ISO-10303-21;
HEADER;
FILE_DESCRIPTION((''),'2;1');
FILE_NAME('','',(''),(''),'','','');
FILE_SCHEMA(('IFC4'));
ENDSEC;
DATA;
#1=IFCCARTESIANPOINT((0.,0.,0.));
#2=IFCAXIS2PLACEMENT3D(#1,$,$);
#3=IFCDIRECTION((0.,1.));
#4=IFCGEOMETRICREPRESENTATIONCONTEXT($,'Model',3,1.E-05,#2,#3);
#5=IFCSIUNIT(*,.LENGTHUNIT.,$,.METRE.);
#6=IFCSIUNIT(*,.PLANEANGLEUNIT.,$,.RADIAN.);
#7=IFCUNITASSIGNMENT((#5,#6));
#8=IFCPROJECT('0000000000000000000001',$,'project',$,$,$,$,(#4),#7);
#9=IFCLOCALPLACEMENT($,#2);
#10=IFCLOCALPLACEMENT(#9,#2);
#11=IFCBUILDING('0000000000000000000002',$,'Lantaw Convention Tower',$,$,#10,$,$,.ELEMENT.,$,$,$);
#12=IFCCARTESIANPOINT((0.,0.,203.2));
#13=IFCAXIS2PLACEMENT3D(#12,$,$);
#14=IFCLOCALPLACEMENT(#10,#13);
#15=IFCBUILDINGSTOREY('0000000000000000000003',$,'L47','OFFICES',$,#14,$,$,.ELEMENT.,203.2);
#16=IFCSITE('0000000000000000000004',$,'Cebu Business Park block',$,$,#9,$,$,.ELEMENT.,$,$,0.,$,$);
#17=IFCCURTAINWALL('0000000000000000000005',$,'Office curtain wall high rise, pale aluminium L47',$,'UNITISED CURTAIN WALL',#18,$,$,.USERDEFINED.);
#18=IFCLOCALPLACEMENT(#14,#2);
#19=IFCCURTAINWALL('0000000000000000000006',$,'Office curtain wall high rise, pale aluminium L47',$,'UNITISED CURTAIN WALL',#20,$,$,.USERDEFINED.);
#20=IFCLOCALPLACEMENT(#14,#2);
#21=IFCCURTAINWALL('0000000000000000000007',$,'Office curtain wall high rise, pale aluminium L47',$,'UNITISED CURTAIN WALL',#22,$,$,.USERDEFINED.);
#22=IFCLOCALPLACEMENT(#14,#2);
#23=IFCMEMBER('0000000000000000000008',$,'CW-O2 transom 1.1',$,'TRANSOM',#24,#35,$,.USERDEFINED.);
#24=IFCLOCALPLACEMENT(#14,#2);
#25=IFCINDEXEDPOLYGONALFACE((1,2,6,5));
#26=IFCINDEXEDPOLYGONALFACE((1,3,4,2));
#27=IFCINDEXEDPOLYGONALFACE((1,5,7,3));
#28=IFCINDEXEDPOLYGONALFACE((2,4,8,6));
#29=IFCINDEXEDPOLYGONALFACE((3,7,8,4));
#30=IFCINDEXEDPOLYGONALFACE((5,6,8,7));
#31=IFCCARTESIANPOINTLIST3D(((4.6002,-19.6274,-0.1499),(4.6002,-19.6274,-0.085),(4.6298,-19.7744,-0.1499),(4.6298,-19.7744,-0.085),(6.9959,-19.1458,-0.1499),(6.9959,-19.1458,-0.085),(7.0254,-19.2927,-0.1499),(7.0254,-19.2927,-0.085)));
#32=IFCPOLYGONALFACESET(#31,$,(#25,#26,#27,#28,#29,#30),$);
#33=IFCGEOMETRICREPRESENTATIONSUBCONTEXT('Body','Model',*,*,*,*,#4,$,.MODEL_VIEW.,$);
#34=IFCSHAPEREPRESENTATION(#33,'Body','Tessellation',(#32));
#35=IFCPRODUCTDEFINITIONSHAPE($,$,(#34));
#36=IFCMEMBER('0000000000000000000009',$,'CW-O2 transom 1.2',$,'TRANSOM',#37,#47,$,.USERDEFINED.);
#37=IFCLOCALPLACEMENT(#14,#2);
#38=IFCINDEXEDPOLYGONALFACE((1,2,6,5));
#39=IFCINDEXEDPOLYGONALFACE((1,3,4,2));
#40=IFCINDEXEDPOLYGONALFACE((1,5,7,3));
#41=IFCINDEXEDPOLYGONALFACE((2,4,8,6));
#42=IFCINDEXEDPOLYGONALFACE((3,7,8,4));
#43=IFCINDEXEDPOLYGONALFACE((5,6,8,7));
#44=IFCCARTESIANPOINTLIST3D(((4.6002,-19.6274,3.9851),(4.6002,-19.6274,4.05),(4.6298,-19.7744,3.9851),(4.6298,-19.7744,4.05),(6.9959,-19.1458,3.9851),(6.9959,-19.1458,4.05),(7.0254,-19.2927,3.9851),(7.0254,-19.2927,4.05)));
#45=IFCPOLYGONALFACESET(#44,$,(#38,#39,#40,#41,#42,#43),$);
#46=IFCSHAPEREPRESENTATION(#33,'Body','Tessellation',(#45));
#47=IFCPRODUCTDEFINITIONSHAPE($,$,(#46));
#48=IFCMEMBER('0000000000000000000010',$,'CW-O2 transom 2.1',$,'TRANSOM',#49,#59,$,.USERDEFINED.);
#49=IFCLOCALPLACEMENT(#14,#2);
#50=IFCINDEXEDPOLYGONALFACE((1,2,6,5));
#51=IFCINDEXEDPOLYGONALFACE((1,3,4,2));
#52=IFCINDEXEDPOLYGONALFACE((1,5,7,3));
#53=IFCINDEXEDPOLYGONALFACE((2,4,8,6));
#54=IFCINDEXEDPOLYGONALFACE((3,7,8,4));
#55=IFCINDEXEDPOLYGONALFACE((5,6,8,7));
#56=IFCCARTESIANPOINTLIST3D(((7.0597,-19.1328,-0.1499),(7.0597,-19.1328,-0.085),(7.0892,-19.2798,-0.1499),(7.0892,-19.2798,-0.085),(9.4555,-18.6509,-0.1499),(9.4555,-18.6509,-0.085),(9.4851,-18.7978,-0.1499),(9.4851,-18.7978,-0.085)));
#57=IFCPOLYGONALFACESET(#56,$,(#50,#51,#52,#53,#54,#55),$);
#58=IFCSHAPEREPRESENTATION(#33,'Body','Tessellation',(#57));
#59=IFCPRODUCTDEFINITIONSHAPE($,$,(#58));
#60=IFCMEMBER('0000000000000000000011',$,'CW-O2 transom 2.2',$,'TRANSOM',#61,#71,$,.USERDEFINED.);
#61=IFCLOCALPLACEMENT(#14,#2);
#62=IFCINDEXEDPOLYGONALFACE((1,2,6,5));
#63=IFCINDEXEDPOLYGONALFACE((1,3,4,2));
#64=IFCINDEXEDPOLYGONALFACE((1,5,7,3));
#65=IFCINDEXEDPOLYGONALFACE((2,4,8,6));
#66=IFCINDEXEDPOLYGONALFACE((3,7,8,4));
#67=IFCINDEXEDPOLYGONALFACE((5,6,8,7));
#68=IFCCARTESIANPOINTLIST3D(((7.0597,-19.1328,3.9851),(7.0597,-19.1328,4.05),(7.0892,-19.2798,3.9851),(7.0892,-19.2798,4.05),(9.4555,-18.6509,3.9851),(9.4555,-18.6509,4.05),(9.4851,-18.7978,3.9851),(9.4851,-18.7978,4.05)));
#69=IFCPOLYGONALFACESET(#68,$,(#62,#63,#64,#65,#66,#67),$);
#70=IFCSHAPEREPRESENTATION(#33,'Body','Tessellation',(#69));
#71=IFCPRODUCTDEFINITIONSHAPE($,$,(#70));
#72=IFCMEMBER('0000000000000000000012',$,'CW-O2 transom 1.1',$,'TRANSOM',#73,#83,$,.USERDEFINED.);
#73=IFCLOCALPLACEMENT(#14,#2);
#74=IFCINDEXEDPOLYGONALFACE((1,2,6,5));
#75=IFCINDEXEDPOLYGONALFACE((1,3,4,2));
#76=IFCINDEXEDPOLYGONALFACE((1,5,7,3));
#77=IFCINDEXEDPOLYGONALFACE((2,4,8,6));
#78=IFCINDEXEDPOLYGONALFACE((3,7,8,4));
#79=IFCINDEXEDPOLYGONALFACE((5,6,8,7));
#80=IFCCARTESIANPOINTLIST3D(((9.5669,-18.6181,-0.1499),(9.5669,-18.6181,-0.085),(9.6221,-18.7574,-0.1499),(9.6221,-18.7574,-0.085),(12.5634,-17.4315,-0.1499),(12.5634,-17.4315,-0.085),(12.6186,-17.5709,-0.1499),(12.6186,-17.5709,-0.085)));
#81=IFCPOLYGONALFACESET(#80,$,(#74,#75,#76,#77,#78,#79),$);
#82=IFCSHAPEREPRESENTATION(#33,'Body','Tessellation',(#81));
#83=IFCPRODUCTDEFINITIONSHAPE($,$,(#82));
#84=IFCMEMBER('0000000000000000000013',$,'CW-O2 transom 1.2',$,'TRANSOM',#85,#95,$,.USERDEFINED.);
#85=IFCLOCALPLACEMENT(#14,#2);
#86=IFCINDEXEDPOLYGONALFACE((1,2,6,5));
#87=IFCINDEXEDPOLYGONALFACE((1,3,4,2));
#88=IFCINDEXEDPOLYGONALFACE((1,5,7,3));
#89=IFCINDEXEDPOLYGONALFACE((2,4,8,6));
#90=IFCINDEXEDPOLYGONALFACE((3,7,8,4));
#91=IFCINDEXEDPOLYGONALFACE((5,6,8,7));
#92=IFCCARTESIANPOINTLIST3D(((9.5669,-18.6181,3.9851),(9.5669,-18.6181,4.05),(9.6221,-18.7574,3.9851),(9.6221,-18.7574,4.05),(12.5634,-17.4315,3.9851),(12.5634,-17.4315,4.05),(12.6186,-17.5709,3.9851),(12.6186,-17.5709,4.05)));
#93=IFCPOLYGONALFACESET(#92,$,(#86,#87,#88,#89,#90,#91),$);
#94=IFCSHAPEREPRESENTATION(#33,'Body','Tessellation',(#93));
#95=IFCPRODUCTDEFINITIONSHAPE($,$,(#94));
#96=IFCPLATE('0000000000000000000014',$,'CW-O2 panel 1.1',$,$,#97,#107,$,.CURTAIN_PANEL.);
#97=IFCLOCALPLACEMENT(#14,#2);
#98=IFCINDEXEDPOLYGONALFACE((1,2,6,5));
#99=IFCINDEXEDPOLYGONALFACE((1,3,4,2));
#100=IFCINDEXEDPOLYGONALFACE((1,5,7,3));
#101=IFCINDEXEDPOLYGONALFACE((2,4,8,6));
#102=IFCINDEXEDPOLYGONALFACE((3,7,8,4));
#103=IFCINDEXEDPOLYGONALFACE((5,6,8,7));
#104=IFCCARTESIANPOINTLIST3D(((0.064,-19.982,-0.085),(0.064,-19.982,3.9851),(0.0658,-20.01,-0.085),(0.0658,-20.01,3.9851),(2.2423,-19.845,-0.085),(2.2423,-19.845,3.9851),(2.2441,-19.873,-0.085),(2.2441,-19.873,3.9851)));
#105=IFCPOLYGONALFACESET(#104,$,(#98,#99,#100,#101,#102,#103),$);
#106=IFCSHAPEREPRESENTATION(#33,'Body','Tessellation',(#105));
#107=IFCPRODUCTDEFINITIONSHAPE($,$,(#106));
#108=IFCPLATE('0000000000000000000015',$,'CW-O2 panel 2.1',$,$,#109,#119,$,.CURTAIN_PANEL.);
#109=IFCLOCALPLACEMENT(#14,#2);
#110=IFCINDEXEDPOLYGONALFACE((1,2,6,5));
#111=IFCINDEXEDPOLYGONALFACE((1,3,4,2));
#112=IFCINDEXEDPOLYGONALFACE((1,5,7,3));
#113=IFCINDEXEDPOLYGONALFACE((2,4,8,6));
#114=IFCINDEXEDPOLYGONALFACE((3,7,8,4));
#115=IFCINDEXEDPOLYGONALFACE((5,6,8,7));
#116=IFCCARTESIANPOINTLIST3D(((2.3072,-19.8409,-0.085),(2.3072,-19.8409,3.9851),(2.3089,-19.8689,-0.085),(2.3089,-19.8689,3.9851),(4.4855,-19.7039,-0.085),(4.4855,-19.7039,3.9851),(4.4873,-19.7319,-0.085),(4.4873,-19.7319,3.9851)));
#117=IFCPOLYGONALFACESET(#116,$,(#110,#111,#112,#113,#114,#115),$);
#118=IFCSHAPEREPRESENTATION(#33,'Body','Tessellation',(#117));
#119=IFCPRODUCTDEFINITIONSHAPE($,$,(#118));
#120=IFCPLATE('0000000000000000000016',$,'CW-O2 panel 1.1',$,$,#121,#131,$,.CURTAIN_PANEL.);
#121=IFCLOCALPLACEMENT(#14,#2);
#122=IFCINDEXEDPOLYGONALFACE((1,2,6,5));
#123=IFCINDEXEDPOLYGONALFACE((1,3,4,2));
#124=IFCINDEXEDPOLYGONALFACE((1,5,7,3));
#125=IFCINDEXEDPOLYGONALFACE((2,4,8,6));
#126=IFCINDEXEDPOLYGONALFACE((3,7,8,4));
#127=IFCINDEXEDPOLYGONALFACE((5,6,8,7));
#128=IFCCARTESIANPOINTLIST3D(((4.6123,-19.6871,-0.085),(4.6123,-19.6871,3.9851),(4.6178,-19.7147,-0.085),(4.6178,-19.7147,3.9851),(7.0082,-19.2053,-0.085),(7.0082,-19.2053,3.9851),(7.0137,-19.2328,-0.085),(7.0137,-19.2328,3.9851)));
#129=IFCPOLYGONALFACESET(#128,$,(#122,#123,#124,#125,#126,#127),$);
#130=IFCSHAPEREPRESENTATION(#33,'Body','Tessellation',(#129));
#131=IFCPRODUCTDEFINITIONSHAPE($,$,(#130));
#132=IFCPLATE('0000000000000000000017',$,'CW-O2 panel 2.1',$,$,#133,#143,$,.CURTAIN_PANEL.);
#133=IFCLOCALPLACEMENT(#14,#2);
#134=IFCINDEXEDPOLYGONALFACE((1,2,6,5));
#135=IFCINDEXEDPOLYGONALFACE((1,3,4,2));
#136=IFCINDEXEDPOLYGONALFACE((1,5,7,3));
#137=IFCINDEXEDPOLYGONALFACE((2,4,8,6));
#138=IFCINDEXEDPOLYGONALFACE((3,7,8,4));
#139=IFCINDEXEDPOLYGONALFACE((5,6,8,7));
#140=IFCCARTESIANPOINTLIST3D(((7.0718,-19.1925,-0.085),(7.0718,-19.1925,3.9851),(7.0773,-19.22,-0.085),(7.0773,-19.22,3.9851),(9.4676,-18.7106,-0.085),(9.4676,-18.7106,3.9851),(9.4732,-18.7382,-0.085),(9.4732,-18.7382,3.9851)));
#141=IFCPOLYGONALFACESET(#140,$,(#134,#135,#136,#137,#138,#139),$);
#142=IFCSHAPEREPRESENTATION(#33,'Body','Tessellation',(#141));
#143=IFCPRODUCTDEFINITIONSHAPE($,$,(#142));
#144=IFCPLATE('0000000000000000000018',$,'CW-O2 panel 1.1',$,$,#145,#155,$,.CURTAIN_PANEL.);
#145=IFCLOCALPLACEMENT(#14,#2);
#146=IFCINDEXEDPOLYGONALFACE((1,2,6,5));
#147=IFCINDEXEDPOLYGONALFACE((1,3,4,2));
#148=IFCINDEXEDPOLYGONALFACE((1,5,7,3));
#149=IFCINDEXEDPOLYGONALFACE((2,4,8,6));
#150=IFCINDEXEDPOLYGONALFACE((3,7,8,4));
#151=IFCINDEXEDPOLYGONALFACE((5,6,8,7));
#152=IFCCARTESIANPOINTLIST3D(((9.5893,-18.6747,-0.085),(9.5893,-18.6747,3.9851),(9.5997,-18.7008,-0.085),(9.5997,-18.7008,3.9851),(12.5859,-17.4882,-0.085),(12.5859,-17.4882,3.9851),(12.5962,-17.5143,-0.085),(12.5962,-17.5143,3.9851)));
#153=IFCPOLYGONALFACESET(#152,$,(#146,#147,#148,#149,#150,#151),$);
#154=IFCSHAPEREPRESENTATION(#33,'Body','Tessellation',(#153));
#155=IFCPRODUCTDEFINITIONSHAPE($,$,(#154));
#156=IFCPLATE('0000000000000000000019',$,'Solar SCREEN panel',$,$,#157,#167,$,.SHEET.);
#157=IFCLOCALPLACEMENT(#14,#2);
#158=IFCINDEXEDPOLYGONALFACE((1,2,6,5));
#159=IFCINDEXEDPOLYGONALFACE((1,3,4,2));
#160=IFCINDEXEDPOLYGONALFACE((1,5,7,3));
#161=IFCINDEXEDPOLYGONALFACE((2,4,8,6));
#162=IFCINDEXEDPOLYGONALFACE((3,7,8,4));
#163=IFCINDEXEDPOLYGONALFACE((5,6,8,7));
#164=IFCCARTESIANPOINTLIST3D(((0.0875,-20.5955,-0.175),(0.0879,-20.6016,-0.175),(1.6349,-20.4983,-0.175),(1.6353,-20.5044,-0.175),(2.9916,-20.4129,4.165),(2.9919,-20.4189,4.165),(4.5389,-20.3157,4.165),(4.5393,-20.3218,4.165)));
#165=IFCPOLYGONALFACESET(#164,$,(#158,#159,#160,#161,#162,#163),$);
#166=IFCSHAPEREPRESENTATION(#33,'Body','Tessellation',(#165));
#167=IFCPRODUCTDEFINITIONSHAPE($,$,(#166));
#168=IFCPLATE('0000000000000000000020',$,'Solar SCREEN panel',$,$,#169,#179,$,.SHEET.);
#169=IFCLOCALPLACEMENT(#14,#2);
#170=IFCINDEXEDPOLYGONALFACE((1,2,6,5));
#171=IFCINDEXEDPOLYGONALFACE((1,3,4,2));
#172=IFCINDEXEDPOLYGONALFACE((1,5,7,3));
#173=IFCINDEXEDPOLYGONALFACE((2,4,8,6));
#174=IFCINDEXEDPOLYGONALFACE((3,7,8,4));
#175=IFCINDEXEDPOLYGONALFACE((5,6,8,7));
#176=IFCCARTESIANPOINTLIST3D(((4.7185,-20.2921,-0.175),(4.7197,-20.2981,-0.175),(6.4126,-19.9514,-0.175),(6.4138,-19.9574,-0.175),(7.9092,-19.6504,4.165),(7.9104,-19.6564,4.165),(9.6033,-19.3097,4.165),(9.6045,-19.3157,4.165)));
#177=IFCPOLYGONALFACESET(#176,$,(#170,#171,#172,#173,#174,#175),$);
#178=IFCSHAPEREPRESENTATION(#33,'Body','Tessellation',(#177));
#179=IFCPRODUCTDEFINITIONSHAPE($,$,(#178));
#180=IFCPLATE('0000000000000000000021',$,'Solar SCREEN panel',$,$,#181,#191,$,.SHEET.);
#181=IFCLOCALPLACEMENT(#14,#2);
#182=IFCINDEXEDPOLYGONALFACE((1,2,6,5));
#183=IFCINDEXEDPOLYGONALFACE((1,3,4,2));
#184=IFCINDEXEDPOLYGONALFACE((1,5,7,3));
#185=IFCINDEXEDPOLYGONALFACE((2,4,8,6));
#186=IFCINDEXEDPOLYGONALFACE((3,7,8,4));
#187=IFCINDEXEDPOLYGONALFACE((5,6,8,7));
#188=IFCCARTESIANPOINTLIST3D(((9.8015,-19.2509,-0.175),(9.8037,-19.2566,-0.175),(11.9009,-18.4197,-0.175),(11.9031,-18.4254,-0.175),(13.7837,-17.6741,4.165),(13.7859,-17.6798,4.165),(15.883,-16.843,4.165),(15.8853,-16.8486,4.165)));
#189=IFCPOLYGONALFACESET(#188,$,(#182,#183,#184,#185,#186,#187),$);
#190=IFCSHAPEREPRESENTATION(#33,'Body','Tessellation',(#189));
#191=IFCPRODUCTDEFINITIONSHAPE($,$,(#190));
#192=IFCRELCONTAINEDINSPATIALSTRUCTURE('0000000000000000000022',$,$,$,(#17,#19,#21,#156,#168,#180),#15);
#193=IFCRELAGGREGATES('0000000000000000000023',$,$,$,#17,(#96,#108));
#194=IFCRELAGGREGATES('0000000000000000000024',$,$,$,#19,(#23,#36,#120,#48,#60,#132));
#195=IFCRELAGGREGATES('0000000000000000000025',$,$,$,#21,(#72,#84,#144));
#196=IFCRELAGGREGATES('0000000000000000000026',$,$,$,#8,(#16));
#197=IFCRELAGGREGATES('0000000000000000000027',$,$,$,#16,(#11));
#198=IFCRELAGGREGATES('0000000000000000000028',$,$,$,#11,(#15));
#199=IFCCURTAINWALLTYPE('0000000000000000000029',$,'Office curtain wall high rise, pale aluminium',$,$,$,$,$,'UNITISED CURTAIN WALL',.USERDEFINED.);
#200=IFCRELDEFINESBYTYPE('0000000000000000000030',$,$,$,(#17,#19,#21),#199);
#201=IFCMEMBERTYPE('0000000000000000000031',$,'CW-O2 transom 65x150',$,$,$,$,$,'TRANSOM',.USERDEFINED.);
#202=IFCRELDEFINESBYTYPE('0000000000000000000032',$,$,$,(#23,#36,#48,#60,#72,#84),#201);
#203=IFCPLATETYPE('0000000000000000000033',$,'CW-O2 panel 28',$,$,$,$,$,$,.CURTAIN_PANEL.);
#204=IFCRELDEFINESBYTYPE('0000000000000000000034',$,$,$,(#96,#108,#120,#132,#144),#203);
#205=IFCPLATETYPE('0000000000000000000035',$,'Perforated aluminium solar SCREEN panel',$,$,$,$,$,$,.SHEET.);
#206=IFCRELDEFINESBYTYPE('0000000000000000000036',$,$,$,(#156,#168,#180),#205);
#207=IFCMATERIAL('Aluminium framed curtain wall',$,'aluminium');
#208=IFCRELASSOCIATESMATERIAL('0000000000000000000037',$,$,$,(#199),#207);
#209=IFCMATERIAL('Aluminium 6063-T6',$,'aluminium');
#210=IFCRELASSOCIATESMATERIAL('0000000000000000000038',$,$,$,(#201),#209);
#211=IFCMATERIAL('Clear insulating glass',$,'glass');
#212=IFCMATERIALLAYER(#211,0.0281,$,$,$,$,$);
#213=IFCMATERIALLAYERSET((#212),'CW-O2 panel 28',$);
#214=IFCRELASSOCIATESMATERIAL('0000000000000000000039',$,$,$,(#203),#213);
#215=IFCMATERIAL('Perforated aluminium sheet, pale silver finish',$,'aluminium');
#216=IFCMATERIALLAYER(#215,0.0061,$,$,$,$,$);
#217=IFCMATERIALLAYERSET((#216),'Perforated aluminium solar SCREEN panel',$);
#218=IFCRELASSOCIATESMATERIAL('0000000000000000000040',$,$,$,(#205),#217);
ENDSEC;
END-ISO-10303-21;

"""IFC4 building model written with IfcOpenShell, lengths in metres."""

from ifc_helpers import new_model, si_unit, direction, frame, origin, origin_2d, place, context, subcontext, project, spatial, polyline, rectangle, outline, extrude, material, layer, layer_set, material_profile, profile_set, type_object, element, aggregate, save


model = new_model("IFC4")

# Units and contexts
model_context = context("Model", 3, precision=1e-05, world=origin(), true_north=direction((0.0, 1.0)))
body_context = subcontext(model_context, "Body", "Model", "MODEL_VIEW")
ifc_project = project(units=[si_unit("LENGTHUNIT", "METRE"), si_unit("PLANEANGLEUNIT", "RADIAN")], contexts=[model_context])

# Site, building, storey
site_placement = place(None, origin())
site = spatial("IfcSite", under=ifc_project, at=site_placement, Name="Cebu Business Park block", CompositionType="ELEMENT", RefElevation=0.0)
building_placement = place(site_placement, origin())
building = spatial("IfcBuilding", under=site, at=building_placement, Name="Lantaw Convention Tower", CompositionType="ELEMENT")
storey_placement = place(building_placement, frame((0.0, 0.0, 203.2)))
storey = spatial("IfcBuildingStorey", under=building, at=storey_placement, Name="L47", Description="OFFICES", CompositionType="ELEMENT", Elevation=203.2)

# Curtain walls
ifc_material_1 = material(Name="Aluminium framed curtain wall", Category="aluminium")
curtain_wall_type = type_object("IfcCurtainWallType", Name="Office curtain wall high rise, pale aluminium", ElementType="UNITISED CURTAIN WALL", PredefinedType="USERDEFINED", material=ifc_material_1)
curtain_wall_1_placement = place(storey_placement, origin())
curtain_wall_1 = element("IfcCurtainWall", 1, at=curtain_wall_1_placement, inside=storey, type_object=curtain_wall_type, Name="Office curtain wall high rise, pale aluminium L47", ObjectType="UNITISED CURTAIN WALL", PredefinedType="USERDEFINED")
ifc_material_2 = material(Name="Aluminium 6063-T6", Category="aluminium")
curtain_wall_2_placement = place(storey_placement, origin())
curtain_wall_2 = element("IfcCurtainWall", 2, at=curtain_wall_2_placement, inside=storey, type_object=curtain_wall_type, Name="Office curtain wall high rise, pale aluminium L47", ObjectType="UNITISED CURTAIN WALL", PredefinedType="USERDEFINED")

# Curtain wall
curtain_wall_3_placement = place(storey_placement, origin())
curtain_wall_3 = element("IfcCurtainWall", 3, at=curtain_wall_3_placement, inside=storey, type_object=curtain_wall_type, Name="Office curtain wall high rise, pale aluminium L47", ObjectType="UNITISED CURTAIN WALL", PredefinedType="USERDEFINED")

# Members
ifc_material_profile_1 = material_profile(ifc_material_2, rectangle(XDim=0.1499, YDim=0.0649, at=origin_2d()), Name="CW-O2 transom 65x150")
ifc_profile_set_1 = profile_set([ifc_material_profile_1], Name="Aluminium 6063-T6")
member_type_1 = type_object("IfcMemberType", Name="CW-O2 transom 65x150", ElementType="TRANSOM", PredefinedType="USERDEFINED", material=ifc_profile_set_1)
member_1_placement = place(storey_placement, frame((4.615, -19.7009, -0.1174), z_axis=(0.98038, 0.197115, 0.0), x_axis=(-0.197115, 0.98038, 0.0)))
member_1 = element("IfcMember", 4, at=member_1_placement, type_object=member_type_1, Name="CW-O2 transom 1.1", ObjectType="TRANSOM", PredefinedType="USERDEFINED", context=body_context, shape_type="SweptSolid", body=[
    extrude(rectangle(XDim=0.1499, YDim=0.0649, at=origin_2d()), origin(), (0.0, 0.0, 1.0), 2.4436),
])
member_2_placement = place(storey_placement, frame((4.615, -19.7009, 4.0176), z_axis=(0.98038, 0.197115, 0.0), x_axis=(-0.197115, 0.98038, 0.0)))
member_2 = element("IfcMember", 5, at=member_2_placement, type_object=member_type_1, Name="CW-O2 transom 1.2", ObjectType="TRANSOM", PredefinedType="USERDEFINED", context=body_context, shape_type="SweptSolid", body=[
    extrude(rectangle(XDim=0.1499, YDim=0.0649, at=origin_2d()), origin(), (0.0, 0.0, 1.0), 2.4436),
])
member_3_placement = place(storey_placement, frame((7.0745, -19.2063, -0.1174), z_axis=(0.980361, 0.197211, 0.0), x_axis=(-0.197211, 0.980361, 0.0)))
member_3 = element("IfcMember", 6, at=member_3_placement, type_object=member_type_1, Name="CW-O2 transom 2.1", ObjectType="TRANSOM", PredefinedType="USERDEFINED", context=body_context, shape_type="SweptSolid", body=[
    extrude(rectangle(XDim=0.1499, YDim=0.0649, at=origin_2d()), origin(), (0.0, 0.0, 1.0), 2.4438),
])
member_4_placement = place(storey_placement, frame((7.0745, -19.2063, 4.0176), z_axis=(0.980361, 0.197211, 0.0), x_axis=(-0.197211, 0.980361, 0.0)))
member_4 = element("IfcMember", 7, at=member_4_placement, type_object=member_type_1, Name="CW-O2 transom 2.2", ObjectType="TRANSOM", PredefinedType="USERDEFINED", context=body_context, shape_type="SweptSolid", body=[
    extrude(rectangle(XDim=0.1499, YDim=0.0649, at=origin_2d()), origin(), (0.0, 0.0, 1.0), 2.4438),
])
member_5_placement = place(storey_placement, frame((9.5945, -18.6877, -0.1174), z_axis=(0.929767, 0.368149, 0.0), x_axis=(-0.368149, 0.929767, 0.0)))
member_5 = element("IfcMember", 8, at=member_5_placement, type_object=member_type_1, Name="CW-O2 transom 1.1", ObjectType="TRANSOM", PredefinedType="USERDEFINED", context=body_context, shape_type="SweptSolid", body=[
    extrude(rectangle(XDim=0.1499, YDim=0.0649, at=origin_2d()), origin(), (0.0, 0.0, 1.0), 3.2229),
])
member_6_placement = place(storey_placement, frame((9.5945, -18.6877, 4.0176), z_axis=(0.929767, 0.368149, 0.0), x_axis=(-0.368149, 0.929767, 0.0)))
member_6 = element("IfcMember", 9, at=member_6_placement, type_object=member_type_1, Name="CW-O2 transom 1.2", ObjectType="TRANSOM", PredefinedType="USERDEFINED", context=body_context, shape_type="SweptSolid", body=[
    extrude(rectangle(XDim=0.1499, YDim=0.0649, at=origin_2d()), origin(), (0.0, 0.0, 1.0), 3.2229),
])

# Plates
ifc_material_3 = material(Name="Clear insulating glass", Category="glass")
ifc_layer_1 = layer(ifc_material_3, 0.0281)
ifc_layer_set_1 = layer_set([ifc_layer_1], Name="CW-O2 panel 28")
plate_type_1 = type_object("IfcPlateType", Name="CW-O2 panel 28", PredefinedType="CURTAIN_PANEL", material=ifc_layer_set_1)
plate_1_placement = place(storey_placement, frame((1.1541, -19.9275, -0.085), z_axis=(0.0, 0.0, 1.0), x_axis=(0.998029, 0.062758, 0.0)))
plate_1 = element("IfcPlate", 10, at=plate_1_placement, type_object=plate_type_1, Name="CW-O2 panel 1.1", PredefinedType="CURTAIN_PANEL", context=body_context, shape_type="SweptSolid", body=[
    extrude(rectangle(XDim=2.1826, YDim=0.0281, at=origin_2d()), origin(), (0.0, 0.0, 1.0), 4.0701),
])
plate_2_placement = place(storey_placement, frame((3.3972, -19.7864, -0.085), z_axis=(0.0, 0.0, 1.0), x_axis=(0.998029, 0.062758, 0.0)))
plate_2 = element("IfcPlate", 11, at=plate_2_placement, type_object=plate_type_1, Name="CW-O2 panel 2.1", PredefinedType="CURTAIN_PANEL", context=body_context, shape_type="SweptSolid", body=[
    extrude(rectangle(XDim=2.1826, YDim=0.0281, at=origin_2d()), origin(), (0.0, 0.0, 1.0), 4.0701),
])
aggregate(curtain_wall_1, [plate_1, plate_2])
plate_3_placement = place(storey_placement, frame((5.813, -19.46, -0.085), z_axis=(0.0, 0.0, 1.0), x_axis=(0.980367, 0.197183, 0.0)))
plate_3 = element("IfcPlate", 12, at=plate_3_placement, type_object=plate_type_1, Name="CW-O2 panel 1.1", PredefinedType="CURTAIN_PANEL", context=body_context, shape_type="SweptSolid", body=[
    extrude(rectangle(XDim=2.4438, YDim=0.0281, at=origin_2d()), origin(), (0.0, 0.0, 1.0), 4.0701),
])
plate_4_placement = place(storey_placement, frame((8.2725, -18.9653, -0.085), z_axis=(0.0, 0.0, 1.0), x_axis=(0.980367, 0.197183, 0.0)))
plate_4 = element("IfcPlate", 13, at=plate_4_placement, type_object=plate_type_1, Name="CW-O2 panel 2.1", PredefinedType="CURTAIN_PANEL", context=body_context, shape_type="SweptSolid", body=[
    extrude(rectangle(XDim=2.4438, YDim=0.0281, at=origin_2d()), origin(), (0.0, 0.0, 1.0), 4.0701),
])
aggregate(curtain_wall_2, [member_1, member_2, plate_3, member_3, member_4, plate_4])
plate_5_placement = place(storey_placement, frame((11.0928, -18.0945, -0.085), z_axis=(0.0, 0.0, 1.0), x_axis=(0.929762, 0.368162, 0.0)))
plate_5 = element("IfcPlate", 14, at=plate_5_placement, type_object=plate_type_1, Name="CW-O2 panel 1.1", PredefinedType="CURTAIN_PANEL", context=body_context, shape_type="SweptSolid", body=[
    extrude(rectangle(XDim=3.2229, YDim=0.0281, at=origin_2d()), origin(), (0.0, 0.0, 1.0), 4.0701),
])
aggregate(curtain_wall_3, [member_5, member_6, plate_5])

# Plates
ifc_material_4 = material(Name="Perforated aluminium sheet, pale silver finish", Category="aluminium")
ifc_layer_2 = layer(ifc_material_4, 0.0061)
ifc_layer_set_2 = layer_set([ifc_layer_2], Name="Perforated aluminium solar SCREEN panel")
plate_type_2 = type_object("IfcPlateType", Name="Perforated aluminium solar SCREEN panel", PredefinedType="SHEET", material=ifc_layer_set_2)
plate_6_placement = place(storey_placement, frame((0.0879, -20.6016, -0.175), z_axis=(0.062672, -0.998034, 0.000059), x_axis=(0.998034, 0.062672, 0.0)))
element("IfcPlate", 15, at=plate_6_placement, inside=storey, type_object=plate_type_2, Name="Solar SCREEN panel", PredefinedType="SHEET", context=body_context, shape_type="SweptSolid", body=[
    extrude(outline(polyline([(0.0, 0.0), (1.5504, 0.0), (4.4602, 4.3401), (2.9098, 4.3401), (0.0, 0.0)])), origin(), (0.0, 0.0, -1.0), 0.0061),
])
plate_7_placement = place(storey_placement, frame((4.7197, -20.2981, -0.175), z_axis=(0.197162, -0.980371, 0.000011), x_axis=(0.980371, 0.197162, 0.0)))
element("IfcPlate", 16, at=plate_7_placement, inside=storey, type_object=plate_type_2, Name="Solar SCREEN panel", PredefinedType="SHEET", context=body_context, shape_type="SweptSolid", body=[
    extrude(outline(polyline([(0.0, 0.0), (1.728, 0.0), (4.9826, 4.3401), (3.2546, 4.3401), (0.0, 0.0)])), origin(), (0.0, 0.0, -1.0), 0.0061),
])
plate_8_placement = place(storey_placement, frame((9.8037, -19.2566, -0.175), z_axis=(0.368117, -0.92978, 0.000036), x_axis=(0.92978, 0.368117, 0.0)))
element("IfcPlate", 17, at=plate_8_placement, inside=storey, type_object=plate_type_2, Name="Solar SCREEN panel", PredefinedType="SHEET", context=body_context, shape_type="SweptSolid", body=[
    extrude(outline(polyline([(0.0, 0.0), (2.258, 0.0), (6.5409, 4.3401), (4.283, 4.3401), (0.0, 0.0)])), origin(), (0.0, 0.0, -1.0), 0.0061),
])

save(model, "model.ifc")
